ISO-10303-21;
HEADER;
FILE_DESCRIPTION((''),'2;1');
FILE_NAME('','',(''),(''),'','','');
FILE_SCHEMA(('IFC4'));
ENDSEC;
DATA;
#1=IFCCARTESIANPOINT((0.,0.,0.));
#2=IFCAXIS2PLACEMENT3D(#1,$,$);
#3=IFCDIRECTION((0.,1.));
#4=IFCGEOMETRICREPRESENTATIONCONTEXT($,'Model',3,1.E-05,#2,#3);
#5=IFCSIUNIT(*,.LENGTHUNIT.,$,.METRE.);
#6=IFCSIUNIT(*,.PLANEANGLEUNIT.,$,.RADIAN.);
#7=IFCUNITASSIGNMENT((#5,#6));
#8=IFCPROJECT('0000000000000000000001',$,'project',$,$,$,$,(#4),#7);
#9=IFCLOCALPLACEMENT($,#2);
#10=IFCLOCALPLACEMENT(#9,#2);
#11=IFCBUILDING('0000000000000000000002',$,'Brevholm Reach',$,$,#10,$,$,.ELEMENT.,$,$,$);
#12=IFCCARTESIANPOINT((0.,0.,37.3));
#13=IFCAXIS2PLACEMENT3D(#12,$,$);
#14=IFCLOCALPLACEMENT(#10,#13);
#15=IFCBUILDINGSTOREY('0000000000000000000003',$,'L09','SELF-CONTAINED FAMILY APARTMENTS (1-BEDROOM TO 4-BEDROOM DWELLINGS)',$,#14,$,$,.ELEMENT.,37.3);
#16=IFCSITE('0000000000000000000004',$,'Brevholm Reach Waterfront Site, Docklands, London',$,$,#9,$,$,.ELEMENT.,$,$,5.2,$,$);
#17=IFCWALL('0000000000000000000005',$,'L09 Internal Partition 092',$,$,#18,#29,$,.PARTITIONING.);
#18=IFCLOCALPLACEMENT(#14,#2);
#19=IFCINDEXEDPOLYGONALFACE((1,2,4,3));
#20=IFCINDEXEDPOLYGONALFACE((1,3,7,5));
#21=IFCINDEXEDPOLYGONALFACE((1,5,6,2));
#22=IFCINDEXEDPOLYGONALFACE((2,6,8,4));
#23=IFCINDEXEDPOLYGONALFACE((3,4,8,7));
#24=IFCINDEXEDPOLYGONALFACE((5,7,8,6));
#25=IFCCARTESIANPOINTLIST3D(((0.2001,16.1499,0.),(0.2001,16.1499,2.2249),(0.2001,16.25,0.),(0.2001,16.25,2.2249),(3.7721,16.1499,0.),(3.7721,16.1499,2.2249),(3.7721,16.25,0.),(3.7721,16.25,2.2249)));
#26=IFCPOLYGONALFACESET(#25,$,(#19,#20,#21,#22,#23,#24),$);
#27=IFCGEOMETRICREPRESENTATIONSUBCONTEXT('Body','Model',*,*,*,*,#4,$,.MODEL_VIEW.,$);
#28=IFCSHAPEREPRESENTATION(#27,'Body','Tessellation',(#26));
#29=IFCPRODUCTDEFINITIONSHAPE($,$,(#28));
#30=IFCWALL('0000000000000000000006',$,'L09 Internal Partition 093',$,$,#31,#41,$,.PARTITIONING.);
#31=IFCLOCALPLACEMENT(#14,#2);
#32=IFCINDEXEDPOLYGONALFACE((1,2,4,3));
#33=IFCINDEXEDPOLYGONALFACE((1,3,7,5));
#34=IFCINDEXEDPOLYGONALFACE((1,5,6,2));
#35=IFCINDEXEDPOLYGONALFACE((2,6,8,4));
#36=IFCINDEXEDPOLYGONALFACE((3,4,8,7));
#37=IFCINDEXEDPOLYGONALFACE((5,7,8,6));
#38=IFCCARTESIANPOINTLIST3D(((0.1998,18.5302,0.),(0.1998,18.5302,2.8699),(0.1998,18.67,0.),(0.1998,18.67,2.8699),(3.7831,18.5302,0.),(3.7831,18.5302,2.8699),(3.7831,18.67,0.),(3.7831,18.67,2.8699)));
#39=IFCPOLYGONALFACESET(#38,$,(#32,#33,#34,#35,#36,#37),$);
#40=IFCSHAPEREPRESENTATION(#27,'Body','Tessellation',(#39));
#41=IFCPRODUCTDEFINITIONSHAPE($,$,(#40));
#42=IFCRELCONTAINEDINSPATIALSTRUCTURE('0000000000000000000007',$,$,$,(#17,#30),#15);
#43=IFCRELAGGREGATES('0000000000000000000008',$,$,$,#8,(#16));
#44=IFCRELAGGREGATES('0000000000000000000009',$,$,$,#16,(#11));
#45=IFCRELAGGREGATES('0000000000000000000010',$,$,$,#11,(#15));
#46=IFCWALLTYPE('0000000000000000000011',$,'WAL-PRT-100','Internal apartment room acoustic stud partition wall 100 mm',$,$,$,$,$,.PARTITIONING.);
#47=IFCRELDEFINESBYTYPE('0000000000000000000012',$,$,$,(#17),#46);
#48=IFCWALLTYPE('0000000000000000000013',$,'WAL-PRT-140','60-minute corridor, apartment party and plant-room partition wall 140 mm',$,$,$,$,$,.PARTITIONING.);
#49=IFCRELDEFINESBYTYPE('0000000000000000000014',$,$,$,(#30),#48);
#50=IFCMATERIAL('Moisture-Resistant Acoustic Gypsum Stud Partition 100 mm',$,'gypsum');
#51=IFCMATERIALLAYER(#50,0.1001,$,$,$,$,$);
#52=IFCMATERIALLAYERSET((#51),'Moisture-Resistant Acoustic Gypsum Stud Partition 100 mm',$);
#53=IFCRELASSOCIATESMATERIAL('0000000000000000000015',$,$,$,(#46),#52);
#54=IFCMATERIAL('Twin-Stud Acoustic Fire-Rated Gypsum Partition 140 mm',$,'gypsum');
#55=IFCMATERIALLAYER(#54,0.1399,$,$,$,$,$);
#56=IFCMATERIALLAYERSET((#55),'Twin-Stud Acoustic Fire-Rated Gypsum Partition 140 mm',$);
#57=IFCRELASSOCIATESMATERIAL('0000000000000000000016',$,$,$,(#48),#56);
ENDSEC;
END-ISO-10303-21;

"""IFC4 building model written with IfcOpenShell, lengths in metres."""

from ifc_helpers import new_model, si_unit, direction, frame, frame_2d, origin, place, context, subcontext, project, spatial, rectangle, extrude, material, layer, layer_set, type_object, element, save


model = new_model("IFC4")

# Units and contexts
model_context = context("Model", 3, precision=1e-05, world=origin(), true_north=direction((0.0, 1.0)))
body_context = subcontext(model_context, "Body", "Model", "MODEL_VIEW")
ifc_project = project(units=[si_unit("LENGTHUNIT", "METRE"), si_unit("PLANEANGLEUNIT", "RADIAN")], contexts=[model_context])

# Site, building, storey
site_placement = place(None, origin())
site = spatial("IfcSite", under=ifc_project, at=site_placement, Name="Brevholm Reach Waterfront Site, Docklands, London", CompositionType="ELEMENT", RefElevation=5.2)
building_placement = place(site_placement, origin())
building = spatial("IfcBuilding", under=site, at=building_placement, Name="Brevholm Reach", CompositionType="ELEMENT")
storey_placement = place(building_placement, frame((0.0, 0.0, 37.3)))
storey = spatial("IfcBuildingStorey", under=building, at=storey_placement, Name="L09", Description="SELF-CONTAINED FAMILY APARTMENTS (1-BEDROOM TO 4-BEDROOM DWELLINGS)", CompositionType="ELEMENT", Elevation=37.3)

# Walls
ifc_material_1 = material(Name="Moisture-Resistant Acoustic Gypsum Stud Partition 100 mm", Category="gypsum")
ifc_layer_1 = layer(ifc_material_1, 0.1001)
ifc_layer_set_1 = layer_set([ifc_layer_1], Name="Moisture-Resistant Acoustic Gypsum Stud Partition 100 mm")
wall_type_1 = type_object("IfcWallType", Name="WAL-PRT-100", Description="Internal apartment room acoustic stud partition wall 100 mm", PredefinedType="PARTITIONING", material=ifc_layer_set_1)
wall_1_placement = place(storey_placement, frame((0.2, 16.2, 0.0), z_axis=(0.0, 0.0, 1.0), x_axis=(1.0, 0.0, 0.0)))
element("IfcWall", 1, at=wall_1_placement, inside=storey, type_object=wall_type_1, Name="L09 Internal Partition 092", PredefinedType="PARTITIONING", context=body_context, shape_type="SweptSolid", body=[
    extrude(rectangle(XDim=3.572, YDim=0.1001, at=frame_2d((1.7861, 0.0))), origin(), (0.0, 0.0, 1.0), 2.2249),
])
ifc_material_2 = material(Name="Twin-Stud Acoustic Fire-Rated Gypsum Partition 140 mm", Category="gypsum")
ifc_layer_2 = layer(ifc_material_2, 0.1399)
ifc_layer_set_2 = layer_set([ifc_layer_2], Name="Twin-Stud Acoustic Fire-Rated Gypsum Partition 140 mm")
wall_type_2 = type_object("IfcWallType", Name="WAL-PRT-140", Description="60-minute corridor, apartment party and plant-room partition wall 140 mm", PredefinedType="PARTITIONING", material=ifc_layer_set_2)
wall_2_placement = place(storey_placement, frame((0.2, 18.6001, 0.0), z_axis=(0.0, 0.0, 1.0), x_axis=(1.0, 0.0, 0.0)))
element("IfcWall", 2, at=wall_2_placement, inside=storey, type_object=wall_type_2, Name="L09 Internal Partition 093", PredefinedType="PARTITIONING", context=body_context, shape_type="SweptSolid", body=[
    extrude(rectangle(XDim=3.5833, YDim=0.1399, at=frame_2d((1.7915, 0.0))), origin(), (0.0, 0.0, 1.0), 2.8699),
])

save(model, "model.ifc")
